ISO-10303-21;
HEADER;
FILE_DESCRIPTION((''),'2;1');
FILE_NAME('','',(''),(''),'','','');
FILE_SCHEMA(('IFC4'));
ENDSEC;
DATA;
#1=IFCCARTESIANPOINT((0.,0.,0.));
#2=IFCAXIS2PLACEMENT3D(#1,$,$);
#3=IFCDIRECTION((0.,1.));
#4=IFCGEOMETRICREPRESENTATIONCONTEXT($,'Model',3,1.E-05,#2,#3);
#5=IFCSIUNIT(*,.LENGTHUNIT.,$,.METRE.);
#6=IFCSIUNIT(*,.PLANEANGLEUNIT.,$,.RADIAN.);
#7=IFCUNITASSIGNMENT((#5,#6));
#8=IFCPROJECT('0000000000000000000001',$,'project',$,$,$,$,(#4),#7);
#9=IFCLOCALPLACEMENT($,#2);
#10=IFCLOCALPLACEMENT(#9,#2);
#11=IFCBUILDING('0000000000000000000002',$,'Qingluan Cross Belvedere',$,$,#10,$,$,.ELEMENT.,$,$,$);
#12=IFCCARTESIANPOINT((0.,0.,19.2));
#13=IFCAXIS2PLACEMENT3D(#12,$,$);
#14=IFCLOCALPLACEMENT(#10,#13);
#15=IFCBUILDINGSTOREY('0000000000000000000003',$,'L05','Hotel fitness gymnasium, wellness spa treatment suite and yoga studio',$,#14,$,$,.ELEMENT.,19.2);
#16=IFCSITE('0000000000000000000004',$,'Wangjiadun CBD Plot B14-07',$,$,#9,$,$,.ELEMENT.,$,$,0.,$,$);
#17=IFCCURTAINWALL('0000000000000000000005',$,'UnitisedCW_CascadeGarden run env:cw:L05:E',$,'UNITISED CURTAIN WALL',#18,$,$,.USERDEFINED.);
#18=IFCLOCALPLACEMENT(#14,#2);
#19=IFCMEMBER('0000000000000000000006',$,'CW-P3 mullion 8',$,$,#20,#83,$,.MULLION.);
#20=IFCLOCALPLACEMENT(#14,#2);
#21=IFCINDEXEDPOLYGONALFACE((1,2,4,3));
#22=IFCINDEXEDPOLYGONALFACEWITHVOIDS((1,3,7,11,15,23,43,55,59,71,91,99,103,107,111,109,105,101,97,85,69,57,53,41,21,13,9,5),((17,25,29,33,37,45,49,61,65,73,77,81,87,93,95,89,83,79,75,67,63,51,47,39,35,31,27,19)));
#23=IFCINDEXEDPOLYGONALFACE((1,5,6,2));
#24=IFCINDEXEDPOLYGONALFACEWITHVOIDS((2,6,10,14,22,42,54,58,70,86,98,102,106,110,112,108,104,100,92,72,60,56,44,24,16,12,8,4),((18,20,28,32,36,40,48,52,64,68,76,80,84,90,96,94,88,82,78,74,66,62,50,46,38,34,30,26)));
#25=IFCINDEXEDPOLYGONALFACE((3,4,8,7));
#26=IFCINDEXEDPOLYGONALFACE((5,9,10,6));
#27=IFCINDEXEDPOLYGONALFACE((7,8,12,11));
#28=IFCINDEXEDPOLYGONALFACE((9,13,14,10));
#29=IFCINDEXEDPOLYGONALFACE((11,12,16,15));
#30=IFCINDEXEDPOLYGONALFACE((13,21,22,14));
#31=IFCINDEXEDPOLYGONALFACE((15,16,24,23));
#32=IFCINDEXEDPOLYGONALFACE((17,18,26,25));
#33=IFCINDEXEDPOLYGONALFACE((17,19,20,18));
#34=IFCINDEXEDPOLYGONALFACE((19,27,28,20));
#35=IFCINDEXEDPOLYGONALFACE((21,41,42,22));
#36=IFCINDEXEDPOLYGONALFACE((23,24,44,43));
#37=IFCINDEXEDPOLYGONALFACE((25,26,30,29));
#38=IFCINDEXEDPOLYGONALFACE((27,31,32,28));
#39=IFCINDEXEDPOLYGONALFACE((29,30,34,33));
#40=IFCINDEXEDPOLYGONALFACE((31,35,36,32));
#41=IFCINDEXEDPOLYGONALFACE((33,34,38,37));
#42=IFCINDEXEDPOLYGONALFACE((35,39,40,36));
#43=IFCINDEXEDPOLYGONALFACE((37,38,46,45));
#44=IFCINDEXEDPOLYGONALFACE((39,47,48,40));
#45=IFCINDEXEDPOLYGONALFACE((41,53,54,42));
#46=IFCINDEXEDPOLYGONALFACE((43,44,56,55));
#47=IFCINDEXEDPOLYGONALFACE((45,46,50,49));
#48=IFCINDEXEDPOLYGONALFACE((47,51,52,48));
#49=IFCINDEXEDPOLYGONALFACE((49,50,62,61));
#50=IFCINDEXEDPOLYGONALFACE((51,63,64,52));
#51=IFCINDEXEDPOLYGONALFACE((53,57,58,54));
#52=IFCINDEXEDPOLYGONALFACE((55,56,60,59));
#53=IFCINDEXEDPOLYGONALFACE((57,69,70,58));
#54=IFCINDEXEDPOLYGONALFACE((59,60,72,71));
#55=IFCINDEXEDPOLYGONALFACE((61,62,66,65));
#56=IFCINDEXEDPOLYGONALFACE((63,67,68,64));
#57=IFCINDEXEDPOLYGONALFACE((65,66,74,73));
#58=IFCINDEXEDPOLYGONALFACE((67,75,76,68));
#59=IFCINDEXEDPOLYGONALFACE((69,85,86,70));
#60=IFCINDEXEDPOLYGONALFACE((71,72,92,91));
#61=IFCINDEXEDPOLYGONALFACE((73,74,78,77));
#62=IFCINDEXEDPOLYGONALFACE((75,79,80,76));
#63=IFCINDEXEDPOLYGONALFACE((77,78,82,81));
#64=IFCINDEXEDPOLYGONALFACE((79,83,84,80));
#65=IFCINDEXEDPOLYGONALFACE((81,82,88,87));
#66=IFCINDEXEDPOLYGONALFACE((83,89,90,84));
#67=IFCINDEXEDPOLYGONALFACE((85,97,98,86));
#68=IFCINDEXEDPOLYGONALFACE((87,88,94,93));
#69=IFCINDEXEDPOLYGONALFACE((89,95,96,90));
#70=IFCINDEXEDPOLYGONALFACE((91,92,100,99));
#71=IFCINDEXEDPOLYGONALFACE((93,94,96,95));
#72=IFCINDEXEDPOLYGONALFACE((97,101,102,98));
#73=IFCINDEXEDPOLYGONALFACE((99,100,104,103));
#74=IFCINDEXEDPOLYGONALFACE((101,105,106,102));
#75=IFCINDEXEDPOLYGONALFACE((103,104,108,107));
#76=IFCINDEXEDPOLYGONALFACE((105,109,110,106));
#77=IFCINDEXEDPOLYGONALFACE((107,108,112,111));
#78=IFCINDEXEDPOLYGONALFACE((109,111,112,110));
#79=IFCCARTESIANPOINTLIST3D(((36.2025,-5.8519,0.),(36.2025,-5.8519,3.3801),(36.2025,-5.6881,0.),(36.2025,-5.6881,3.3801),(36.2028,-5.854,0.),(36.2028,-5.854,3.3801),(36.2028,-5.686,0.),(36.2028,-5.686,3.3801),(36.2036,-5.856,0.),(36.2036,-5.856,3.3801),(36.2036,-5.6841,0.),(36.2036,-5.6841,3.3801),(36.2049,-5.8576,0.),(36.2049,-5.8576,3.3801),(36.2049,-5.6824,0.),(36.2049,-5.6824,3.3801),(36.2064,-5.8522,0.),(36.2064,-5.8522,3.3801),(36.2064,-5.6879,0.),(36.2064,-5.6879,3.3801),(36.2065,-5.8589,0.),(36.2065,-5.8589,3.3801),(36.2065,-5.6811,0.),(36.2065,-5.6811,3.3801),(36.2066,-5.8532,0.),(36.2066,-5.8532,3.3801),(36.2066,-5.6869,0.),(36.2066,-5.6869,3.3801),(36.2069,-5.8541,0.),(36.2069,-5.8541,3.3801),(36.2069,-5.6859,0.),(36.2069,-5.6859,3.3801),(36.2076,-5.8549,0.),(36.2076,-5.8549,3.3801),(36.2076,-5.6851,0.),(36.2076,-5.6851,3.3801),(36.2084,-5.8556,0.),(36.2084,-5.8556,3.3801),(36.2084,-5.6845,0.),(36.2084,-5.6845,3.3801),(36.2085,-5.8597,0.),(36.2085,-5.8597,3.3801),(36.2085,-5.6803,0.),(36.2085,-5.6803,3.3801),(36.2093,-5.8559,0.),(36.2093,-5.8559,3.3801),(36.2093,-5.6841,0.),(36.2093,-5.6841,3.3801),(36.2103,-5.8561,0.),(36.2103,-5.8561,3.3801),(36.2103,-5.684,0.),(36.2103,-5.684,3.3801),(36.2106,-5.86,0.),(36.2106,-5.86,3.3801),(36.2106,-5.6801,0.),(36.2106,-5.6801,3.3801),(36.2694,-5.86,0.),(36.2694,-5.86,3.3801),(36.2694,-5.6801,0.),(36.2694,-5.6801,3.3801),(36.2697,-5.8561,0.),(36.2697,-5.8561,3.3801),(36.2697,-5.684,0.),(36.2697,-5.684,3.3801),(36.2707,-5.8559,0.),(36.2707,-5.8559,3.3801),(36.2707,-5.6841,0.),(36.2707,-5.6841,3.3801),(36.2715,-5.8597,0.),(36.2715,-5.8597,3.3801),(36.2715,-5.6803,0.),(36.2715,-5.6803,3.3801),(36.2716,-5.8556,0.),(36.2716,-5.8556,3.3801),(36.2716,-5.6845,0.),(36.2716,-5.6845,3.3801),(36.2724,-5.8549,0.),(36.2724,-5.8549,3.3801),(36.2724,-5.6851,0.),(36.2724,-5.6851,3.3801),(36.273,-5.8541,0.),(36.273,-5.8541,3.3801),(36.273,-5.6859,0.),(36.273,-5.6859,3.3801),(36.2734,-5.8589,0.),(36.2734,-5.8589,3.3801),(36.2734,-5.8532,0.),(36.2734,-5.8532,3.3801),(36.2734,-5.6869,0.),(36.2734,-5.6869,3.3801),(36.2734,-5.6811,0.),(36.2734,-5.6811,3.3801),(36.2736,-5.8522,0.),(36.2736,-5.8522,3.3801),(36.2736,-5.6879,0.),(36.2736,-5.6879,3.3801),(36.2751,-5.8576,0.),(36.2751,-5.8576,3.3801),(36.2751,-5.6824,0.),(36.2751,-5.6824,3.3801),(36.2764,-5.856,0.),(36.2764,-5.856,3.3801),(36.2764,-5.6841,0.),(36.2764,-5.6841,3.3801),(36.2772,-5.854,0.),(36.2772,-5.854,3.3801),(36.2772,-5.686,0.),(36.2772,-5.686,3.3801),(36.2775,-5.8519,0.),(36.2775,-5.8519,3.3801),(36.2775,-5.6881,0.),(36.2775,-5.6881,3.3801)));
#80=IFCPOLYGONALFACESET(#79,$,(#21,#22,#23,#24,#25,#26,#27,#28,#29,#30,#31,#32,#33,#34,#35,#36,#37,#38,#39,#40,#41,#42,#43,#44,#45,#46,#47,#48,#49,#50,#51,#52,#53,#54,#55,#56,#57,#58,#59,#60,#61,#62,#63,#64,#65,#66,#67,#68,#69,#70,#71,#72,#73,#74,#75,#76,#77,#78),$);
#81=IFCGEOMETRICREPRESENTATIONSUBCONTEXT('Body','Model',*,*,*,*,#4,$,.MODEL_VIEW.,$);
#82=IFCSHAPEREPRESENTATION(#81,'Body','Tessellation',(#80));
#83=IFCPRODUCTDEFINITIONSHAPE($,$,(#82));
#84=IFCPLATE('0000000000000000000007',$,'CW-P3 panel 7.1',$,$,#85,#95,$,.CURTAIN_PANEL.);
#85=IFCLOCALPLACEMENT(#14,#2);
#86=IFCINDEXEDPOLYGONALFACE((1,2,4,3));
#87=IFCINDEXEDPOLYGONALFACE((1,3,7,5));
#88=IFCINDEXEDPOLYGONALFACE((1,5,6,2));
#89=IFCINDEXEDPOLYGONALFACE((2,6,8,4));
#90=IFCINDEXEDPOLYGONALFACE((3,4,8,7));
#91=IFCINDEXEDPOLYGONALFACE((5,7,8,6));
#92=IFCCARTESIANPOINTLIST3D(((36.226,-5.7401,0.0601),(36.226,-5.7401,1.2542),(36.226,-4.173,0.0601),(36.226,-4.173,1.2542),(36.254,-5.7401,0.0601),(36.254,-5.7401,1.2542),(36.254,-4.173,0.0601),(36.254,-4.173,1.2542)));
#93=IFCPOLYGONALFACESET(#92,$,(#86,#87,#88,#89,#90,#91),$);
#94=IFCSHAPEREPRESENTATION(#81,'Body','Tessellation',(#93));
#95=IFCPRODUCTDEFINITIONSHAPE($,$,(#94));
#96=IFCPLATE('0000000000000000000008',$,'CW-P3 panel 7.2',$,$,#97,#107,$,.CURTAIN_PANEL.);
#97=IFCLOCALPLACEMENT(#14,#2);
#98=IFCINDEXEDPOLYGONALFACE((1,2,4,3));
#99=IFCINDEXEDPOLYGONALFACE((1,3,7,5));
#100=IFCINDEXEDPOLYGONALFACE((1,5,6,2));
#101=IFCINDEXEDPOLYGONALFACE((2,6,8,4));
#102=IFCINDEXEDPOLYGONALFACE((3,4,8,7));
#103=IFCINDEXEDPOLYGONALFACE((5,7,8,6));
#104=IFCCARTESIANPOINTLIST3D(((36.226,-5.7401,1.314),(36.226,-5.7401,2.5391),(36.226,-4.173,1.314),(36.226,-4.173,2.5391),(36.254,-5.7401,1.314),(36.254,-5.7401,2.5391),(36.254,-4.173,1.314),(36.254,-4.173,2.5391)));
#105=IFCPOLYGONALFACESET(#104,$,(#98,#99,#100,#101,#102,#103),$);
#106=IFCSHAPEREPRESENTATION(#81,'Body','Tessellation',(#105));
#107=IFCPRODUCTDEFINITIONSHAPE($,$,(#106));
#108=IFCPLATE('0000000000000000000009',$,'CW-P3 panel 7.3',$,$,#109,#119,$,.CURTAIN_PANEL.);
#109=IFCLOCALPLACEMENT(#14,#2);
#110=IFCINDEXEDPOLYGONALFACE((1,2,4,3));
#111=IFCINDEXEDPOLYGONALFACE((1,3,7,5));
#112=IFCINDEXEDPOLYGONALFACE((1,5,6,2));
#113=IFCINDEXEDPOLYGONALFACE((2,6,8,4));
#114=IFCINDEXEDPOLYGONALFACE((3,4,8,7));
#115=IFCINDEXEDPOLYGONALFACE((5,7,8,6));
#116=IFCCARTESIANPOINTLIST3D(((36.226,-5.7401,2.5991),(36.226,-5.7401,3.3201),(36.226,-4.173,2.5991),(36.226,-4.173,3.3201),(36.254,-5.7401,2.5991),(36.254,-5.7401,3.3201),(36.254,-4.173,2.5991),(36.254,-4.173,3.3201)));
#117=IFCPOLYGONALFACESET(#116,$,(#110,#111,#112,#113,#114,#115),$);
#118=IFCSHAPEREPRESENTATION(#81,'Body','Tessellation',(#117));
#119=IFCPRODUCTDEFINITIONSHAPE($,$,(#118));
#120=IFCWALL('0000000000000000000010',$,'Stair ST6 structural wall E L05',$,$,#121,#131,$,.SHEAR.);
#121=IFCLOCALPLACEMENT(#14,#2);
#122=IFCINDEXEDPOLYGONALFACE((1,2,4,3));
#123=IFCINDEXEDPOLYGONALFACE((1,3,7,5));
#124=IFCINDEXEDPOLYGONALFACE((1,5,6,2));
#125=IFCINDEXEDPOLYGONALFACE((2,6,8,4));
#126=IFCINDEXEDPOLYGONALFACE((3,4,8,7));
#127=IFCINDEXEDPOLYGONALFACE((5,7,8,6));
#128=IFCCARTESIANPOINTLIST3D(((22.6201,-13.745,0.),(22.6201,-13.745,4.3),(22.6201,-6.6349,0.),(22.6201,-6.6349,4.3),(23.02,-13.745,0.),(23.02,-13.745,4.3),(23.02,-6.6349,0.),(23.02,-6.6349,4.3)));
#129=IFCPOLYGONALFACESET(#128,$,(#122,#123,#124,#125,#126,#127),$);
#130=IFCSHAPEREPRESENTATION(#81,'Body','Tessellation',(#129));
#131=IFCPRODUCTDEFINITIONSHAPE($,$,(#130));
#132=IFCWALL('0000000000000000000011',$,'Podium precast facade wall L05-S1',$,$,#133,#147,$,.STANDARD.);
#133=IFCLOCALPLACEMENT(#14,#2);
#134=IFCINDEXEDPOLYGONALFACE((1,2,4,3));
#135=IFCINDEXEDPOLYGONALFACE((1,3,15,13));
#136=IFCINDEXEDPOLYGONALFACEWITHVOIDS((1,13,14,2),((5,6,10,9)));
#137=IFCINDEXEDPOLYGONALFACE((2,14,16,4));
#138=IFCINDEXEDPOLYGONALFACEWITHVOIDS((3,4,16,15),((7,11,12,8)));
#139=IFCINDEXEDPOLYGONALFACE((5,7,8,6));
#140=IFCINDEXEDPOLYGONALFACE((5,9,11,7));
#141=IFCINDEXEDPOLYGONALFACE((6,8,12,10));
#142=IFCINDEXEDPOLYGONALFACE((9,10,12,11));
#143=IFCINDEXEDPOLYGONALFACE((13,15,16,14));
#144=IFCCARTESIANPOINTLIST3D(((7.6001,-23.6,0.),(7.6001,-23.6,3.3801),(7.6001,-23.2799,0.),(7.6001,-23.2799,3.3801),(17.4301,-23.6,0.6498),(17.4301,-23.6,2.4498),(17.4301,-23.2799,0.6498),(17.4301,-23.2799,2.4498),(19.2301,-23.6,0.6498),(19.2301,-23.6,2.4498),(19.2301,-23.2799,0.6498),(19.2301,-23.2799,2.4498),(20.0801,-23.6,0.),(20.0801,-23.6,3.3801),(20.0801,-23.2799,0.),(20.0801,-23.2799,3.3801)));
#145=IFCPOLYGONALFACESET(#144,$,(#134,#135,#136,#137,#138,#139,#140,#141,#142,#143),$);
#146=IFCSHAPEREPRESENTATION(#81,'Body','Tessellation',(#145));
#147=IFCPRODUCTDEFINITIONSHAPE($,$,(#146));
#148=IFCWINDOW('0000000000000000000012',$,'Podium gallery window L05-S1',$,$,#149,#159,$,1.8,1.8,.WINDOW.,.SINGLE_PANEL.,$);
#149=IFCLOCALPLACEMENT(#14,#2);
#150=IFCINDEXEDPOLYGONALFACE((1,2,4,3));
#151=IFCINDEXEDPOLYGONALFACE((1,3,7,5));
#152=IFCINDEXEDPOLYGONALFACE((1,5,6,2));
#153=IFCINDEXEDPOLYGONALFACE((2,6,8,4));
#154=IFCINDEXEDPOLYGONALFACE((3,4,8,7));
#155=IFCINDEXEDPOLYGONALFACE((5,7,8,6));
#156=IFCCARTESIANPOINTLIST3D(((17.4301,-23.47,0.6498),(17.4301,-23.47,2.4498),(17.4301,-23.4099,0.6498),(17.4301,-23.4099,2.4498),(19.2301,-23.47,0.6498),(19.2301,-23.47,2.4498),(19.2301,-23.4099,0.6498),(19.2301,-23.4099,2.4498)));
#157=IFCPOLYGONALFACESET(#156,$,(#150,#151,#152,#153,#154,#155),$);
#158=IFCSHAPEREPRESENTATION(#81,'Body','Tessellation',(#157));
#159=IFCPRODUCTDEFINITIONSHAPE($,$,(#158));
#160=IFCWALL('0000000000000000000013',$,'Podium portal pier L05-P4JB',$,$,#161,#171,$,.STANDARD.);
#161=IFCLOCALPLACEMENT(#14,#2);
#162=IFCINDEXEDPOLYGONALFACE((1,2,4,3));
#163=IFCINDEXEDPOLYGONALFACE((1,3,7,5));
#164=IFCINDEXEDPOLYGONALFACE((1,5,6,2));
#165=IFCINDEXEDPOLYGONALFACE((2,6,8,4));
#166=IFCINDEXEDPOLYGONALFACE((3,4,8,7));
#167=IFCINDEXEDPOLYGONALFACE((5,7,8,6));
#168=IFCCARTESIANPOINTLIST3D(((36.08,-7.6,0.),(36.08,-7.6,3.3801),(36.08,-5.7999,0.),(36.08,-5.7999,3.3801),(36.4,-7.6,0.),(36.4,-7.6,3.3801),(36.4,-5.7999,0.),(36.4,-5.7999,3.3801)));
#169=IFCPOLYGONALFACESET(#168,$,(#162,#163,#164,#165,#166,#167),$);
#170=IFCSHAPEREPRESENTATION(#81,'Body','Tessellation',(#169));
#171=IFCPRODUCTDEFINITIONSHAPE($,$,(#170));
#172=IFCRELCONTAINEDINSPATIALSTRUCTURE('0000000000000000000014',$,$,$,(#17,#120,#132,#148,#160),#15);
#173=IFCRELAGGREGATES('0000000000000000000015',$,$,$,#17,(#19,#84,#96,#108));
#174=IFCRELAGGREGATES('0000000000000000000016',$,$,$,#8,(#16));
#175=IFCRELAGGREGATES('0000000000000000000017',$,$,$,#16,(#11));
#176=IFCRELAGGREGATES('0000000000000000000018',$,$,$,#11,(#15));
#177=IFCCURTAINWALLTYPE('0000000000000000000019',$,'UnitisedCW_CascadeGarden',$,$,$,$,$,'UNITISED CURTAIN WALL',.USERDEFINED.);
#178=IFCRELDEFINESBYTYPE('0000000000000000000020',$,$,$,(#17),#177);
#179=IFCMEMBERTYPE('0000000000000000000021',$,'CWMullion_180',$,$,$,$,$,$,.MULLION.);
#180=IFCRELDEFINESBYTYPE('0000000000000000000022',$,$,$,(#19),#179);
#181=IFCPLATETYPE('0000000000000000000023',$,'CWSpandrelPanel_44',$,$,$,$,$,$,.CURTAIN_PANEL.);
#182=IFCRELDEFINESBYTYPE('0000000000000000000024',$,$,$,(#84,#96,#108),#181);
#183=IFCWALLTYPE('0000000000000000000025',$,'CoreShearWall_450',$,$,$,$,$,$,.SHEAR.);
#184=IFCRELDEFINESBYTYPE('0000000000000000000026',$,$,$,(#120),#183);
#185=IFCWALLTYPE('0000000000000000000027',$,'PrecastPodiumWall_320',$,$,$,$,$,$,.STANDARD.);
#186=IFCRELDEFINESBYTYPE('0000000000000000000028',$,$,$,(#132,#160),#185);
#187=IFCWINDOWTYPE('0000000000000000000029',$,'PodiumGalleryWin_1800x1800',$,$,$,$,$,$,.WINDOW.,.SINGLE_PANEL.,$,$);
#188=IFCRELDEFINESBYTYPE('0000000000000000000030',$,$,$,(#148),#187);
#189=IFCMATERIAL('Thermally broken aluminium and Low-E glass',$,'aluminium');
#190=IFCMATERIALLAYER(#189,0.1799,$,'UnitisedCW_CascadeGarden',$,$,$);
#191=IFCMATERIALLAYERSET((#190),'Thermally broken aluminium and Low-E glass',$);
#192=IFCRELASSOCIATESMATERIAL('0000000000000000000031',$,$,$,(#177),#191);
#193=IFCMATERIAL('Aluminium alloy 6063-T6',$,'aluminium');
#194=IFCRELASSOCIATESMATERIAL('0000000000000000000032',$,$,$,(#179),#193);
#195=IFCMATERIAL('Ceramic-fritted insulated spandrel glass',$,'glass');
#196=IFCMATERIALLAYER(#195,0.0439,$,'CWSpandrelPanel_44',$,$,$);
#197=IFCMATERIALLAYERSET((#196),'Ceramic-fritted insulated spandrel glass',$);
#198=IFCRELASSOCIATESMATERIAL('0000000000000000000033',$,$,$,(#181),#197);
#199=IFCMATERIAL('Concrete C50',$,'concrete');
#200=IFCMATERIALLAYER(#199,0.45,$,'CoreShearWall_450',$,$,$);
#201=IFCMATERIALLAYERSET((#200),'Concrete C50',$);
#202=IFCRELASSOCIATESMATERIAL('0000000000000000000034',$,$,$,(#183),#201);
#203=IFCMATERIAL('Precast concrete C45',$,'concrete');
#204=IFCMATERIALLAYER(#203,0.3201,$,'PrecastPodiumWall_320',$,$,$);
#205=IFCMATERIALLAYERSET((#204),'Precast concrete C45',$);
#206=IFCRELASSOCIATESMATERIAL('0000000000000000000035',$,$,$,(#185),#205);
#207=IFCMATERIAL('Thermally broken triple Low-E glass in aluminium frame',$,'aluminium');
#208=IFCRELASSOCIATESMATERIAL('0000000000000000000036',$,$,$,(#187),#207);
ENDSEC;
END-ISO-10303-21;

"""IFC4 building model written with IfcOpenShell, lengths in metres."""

from ifc_helpers import new_model, si_unit, direction, frame, frame_2d, origin, origin_2d, place, context, subcontext, project, spatial, rectangle, hollow_rectangle, extrude, material, layer, layer_set, material_profile, profile_set, type_object, element, fill, aggregate, save


model = new_model("IFC4")

# Units and contexts
model_context = context("Model", 3, precision=1e-05, world=origin(), true_north=direction((0.0, 1.0)))
body_context = subcontext(model_context, "Body", "Model", "MODEL_VIEW")
ifc_project = project(units=[si_unit("LENGTHUNIT", "METRE"), si_unit("PLANEANGLEUNIT", "RADIAN")], contexts=[model_context])

# Site, building, storey
site_placement = place(None, origin())
site = spatial("IfcSite", under=ifc_project, at=site_placement, Name="Wangjiadun CBD Plot B14-07", CompositionType="ELEMENT", RefElevation=0.0)
building_placement = place(site_placement, origin())
building = spatial("IfcBuilding", under=site, at=building_placement, Name="Qingluan Cross Belvedere", CompositionType="ELEMENT")
storey_placement = place(building_placement, frame((0.0, 0.0, 19.2)))
storey = spatial("IfcBuildingStorey", under=building, at=storey_placement, Name="L05", Description="Hotel fitness gymnasium, wellness spa treatment suite and yoga studio", CompositionType="ELEMENT", Elevation=19.2)

# Curtain wall, member, plates
ifc_material_1 = material(Name="Thermally broken aluminium and Low-E glass", Category="aluminium")
ifc_layer_1 = layer(ifc_material_1, 0.1799, Name="UnitisedCW_CascadeGarden")
ifc_layer_set_1 = layer_set([ifc_layer_1], Name="Thermally broken aluminium and Low-E glass")
curtain_wall_type = type_object("IfcCurtainWallType", Name="UnitisedCW_CascadeGarden", ElementType="UNITISED CURTAIN WALL", PredefinedType="USERDEFINED", material=ifc_layer_set_1)
curtain_wall_placement = place(storey_placement, origin())
curtain_wall = element("IfcCurtainWall", 1, at=curtain_wall_placement, inside=storey, type_object=curtain_wall_type, Name="UnitisedCW_CascadeGarden run env:cw:L05:E", ObjectType="UNITISED CURTAIN WALL", PredefinedType="USERDEFINED")
ifc_material_2 = material(Name="Aluminium alloy 6063-T6", Category="aluminium")
ifc_material_profile = material_profile(ifc_material_2, hollow_rectangle(XDim=0.075, YDim=0.1799, WallThickness=0.0039, InnerFilletRadius=0.0039, OuterFilletRadius=0.0081, at=origin_2d()), Name="CWM180x75x4")
ifc_profile_set = profile_set([ifc_material_profile], Name="Aluminium alloy 6063-T6")
member_type = type_object("IfcMemberType", Name="CWMullion_180", PredefinedType="MULLION", material=ifc_profile_set)
member_placement = place(storey_placement, frame((36.24, -5.77, 0.0), z_axis=(0.0, 0.0, 1.0), x_axis=(1.0, 0.0, 0.0)))
member = element("IfcMember", 2, at=member_placement, type_object=member_type, Name="CW-P3 mullion 8", PredefinedType="MULLION", context=body_context, shape_type="SweptSolid", body=[
    extrude(hollow_rectangle(XDim=0.075, YDim=0.1799, WallThickness=0.0039, InnerFilletRadius=0.0039, OuterFilletRadius=0.0081, at=origin_2d()), origin(), (0.0, 0.0, 1.0), 3.3801),
])
ifc_material_3 = material(Name="Ceramic-fritted insulated spandrel glass", Category="glass")
ifc_layer_2 = layer(ifc_material_3, 0.0439, Name="CWSpandrelPanel_44")
ifc_layer_set_2 = layer_set([ifc_layer_2], Name="Ceramic-fritted insulated spandrel glass")
plate_type = type_object("IfcPlateType", Name="CWSpandrelPanel_44", PredefinedType="CURTAIN_PANEL", material=ifc_layer_set_2)
plate_1_placement = place(storey_placement, frame((36.24, -4.9565, 0.0601), z_axis=(0.0, 0.0, 1.0), x_axis=(0.0, -1.0, 0.0)))
plate_1 = element("IfcPlate", 3, at=plate_1_placement, type_object=plate_type, Name="CW-P3 panel 7.1", PredefinedType="CURTAIN_PANEL", context=body_context, shape_type="SweptSolid", body=[
    extrude(rectangle(XDim=1.5671, YDim=0.0281, at=origin_2d()), origin(), (0.0, 0.0, 1.0), 1.1941),
])
plate_2_placement = place(storey_placement, frame((36.24, -4.9565, 1.314), z_axis=(0.0, 0.0, 1.0), x_axis=(0.0, -1.0, 0.0)))
plate_2 = element("IfcPlate", 4, at=plate_2_placement, type_object=plate_type, Name="CW-P3 panel 7.2", PredefinedType="CURTAIN_PANEL", context=body_context, shape_type="SweptSolid", body=[
    extrude(rectangle(XDim=1.5671, YDim=0.0281, at=origin_2d()), origin(), (0.0, 0.0, 1.0), 1.2251),
])
plate_3_placement = place(storey_placement, frame((36.24, -4.9565, 2.5991), z_axis=(0.0, 0.0, 1.0), x_axis=(0.0, -1.0, 0.0)))
plate_3 = element("IfcPlate", 5, at=plate_3_placement, type_object=plate_type, Name="CW-P3 panel 7.3", PredefinedType="CURTAIN_PANEL", context=body_context, shape_type="SweptSolid", body=[
    extrude(rectangle(XDim=1.5671, YDim=0.0281, at=origin_2d()), origin(), (0.0, 0.0, 1.0), 0.7209),
])
aggregate(curtain_wall, [member, plate_1, plate_2, plate_3])

# Wall
ifc_material_4 = material(Name="Concrete C50", Category="concrete")
ifc_layer_3 = layer(ifc_material_4, 0.45, Name="CoreShearWall_450")
ifc_layer_set_3 = layer_set([ifc_layer_3], Name="Concrete C50")
wall_type_1 = type_object("IfcWallType", Name="CoreShearWall_450", PredefinedType="SHEAR", material=ifc_layer_set_3)
wall_1_placement = place(storey_placement, frame((22.8201, -13.7451, 0.0), z_axis=(0.0, 0.0, 1.0), x_axis=(0.0, 1.0, 0.0)))
element("IfcWall", 6, at=wall_1_placement, inside=storey, type_object=wall_type_1, Name="Stair ST6 structural wall E L05", PredefinedType="SHEAR", context=body_context, shape_type="SweptSolid", body=[
    extrude(rectangle(XDim=7.1101, YDim=0.3999, at=frame_2d((3.5552, 0.0))), origin(), (0.0, 0.0, 1.0), 4.3),
])

# Wall, opening, window
ifc_material_5 = material(Name="Precast concrete C45", Category="concrete")
ifc_layer_4 = layer(ifc_material_5, 0.3201, Name="PrecastPodiumWall_320")
ifc_layer_set_4 = layer_set([ifc_layer_4], Name="Precast concrete C45")
wall_type_2 = type_object("IfcWallType", Name="PrecastPodiumWall_320", PredefinedType="STANDARD", material=ifc_layer_set_4)
wall_2_placement = place(storey_placement, frame((20.0801, -23.4399, 0.0), z_axis=(0.0, 0.0, 1.0), x_axis=(-1.0, 0.0, 0.0)))
wall_2 = element("IfcWall", 7, at=wall_2_placement, inside=storey, type_object=wall_type_2, Name="Podium precast facade wall L05-S1", PredefinedType="STANDARD", context=body_context, shape_type="SweptSolid", body=[
    extrude(rectangle(XDim=12.48, YDim=0.3201, at=frame_2d((6.24, 0.0))), origin(), (0.0, 0.0, 1.0), 3.3801),
])
opening_1_placement = place(wall_2_placement, frame((0.8501, 0.0, 0.6499)))
opening_1 = element("IfcOpeningElement", 8, at=opening_1_placement, cuts=wall_2, PredefinedType="OPENING", context=body_context, shape_type="SweptSolid", body=[
    extrude(rectangle(XDim=1.8, YDim=1.8, at=frame_2d((0.8999, 0.8999))), frame((0.0, 0.1699, 0.0), z_axis=(0.0, -1.0, 0.0), x_axis=(1.0, 0.0, 0.0)), (0.0, 0.0, 1.0), 0.3401),
])
ifc_material_6 = material(Name="Thermally broken triple Low-E glass in aluminium frame", Category="aluminium")
window_type = type_object("IfcWindowType", Name="PodiumGalleryWin_1800x1800", PartitioningType="SINGLE_PANEL", PredefinedType="WINDOW", material=ifc_material_6)
window_1_placement = place(opening_1_placement, origin())
window_1 = element("IfcWindow", 9, at=window_1_placement, inside=storey, type_object=window_type, Name="Podium gallery window L05-S1", OverallHeight=1.8, OverallWidth=1.8, PartitioningType="SINGLE_PANEL", PredefinedType="WINDOW", context=body_context, shape_type="SweptSolid", body=[
    extrude(rectangle(XDim=1.8, YDim=1.8, at=frame_2d((0.8999, 0.8999))), frame((0.0, 0.03, 0.0), z_axis=(0.0, -1.0, 0.0), x_axis=(1.0, 0.0, 0.0)), (0.0, 0.0, 1.0), 0.0601),
])
fill(opening_1, window_1)

# Wall
wall_3_placement = place(storey_placement, frame((36.24, -5.8, 0.0), z_axis=(0.0, 0.0, 1.0), x_axis=(0.0, -1.0, 0.0)))
element("IfcWall", 10, at=wall_3_placement, inside=storey, type_object=wall_type_2, Name="Podium portal pier L05-P4JB", PredefinedType="STANDARD", context=body_context, shape_type="SweptSolid", body=[
    extrude(rectangle(XDim=1.8, YDim=0.3201, at=frame_2d((0.8999, 0.0))), origin(), (0.0, 0.0, 1.0), 3.3801),
])

save(model, "model.ifc")
